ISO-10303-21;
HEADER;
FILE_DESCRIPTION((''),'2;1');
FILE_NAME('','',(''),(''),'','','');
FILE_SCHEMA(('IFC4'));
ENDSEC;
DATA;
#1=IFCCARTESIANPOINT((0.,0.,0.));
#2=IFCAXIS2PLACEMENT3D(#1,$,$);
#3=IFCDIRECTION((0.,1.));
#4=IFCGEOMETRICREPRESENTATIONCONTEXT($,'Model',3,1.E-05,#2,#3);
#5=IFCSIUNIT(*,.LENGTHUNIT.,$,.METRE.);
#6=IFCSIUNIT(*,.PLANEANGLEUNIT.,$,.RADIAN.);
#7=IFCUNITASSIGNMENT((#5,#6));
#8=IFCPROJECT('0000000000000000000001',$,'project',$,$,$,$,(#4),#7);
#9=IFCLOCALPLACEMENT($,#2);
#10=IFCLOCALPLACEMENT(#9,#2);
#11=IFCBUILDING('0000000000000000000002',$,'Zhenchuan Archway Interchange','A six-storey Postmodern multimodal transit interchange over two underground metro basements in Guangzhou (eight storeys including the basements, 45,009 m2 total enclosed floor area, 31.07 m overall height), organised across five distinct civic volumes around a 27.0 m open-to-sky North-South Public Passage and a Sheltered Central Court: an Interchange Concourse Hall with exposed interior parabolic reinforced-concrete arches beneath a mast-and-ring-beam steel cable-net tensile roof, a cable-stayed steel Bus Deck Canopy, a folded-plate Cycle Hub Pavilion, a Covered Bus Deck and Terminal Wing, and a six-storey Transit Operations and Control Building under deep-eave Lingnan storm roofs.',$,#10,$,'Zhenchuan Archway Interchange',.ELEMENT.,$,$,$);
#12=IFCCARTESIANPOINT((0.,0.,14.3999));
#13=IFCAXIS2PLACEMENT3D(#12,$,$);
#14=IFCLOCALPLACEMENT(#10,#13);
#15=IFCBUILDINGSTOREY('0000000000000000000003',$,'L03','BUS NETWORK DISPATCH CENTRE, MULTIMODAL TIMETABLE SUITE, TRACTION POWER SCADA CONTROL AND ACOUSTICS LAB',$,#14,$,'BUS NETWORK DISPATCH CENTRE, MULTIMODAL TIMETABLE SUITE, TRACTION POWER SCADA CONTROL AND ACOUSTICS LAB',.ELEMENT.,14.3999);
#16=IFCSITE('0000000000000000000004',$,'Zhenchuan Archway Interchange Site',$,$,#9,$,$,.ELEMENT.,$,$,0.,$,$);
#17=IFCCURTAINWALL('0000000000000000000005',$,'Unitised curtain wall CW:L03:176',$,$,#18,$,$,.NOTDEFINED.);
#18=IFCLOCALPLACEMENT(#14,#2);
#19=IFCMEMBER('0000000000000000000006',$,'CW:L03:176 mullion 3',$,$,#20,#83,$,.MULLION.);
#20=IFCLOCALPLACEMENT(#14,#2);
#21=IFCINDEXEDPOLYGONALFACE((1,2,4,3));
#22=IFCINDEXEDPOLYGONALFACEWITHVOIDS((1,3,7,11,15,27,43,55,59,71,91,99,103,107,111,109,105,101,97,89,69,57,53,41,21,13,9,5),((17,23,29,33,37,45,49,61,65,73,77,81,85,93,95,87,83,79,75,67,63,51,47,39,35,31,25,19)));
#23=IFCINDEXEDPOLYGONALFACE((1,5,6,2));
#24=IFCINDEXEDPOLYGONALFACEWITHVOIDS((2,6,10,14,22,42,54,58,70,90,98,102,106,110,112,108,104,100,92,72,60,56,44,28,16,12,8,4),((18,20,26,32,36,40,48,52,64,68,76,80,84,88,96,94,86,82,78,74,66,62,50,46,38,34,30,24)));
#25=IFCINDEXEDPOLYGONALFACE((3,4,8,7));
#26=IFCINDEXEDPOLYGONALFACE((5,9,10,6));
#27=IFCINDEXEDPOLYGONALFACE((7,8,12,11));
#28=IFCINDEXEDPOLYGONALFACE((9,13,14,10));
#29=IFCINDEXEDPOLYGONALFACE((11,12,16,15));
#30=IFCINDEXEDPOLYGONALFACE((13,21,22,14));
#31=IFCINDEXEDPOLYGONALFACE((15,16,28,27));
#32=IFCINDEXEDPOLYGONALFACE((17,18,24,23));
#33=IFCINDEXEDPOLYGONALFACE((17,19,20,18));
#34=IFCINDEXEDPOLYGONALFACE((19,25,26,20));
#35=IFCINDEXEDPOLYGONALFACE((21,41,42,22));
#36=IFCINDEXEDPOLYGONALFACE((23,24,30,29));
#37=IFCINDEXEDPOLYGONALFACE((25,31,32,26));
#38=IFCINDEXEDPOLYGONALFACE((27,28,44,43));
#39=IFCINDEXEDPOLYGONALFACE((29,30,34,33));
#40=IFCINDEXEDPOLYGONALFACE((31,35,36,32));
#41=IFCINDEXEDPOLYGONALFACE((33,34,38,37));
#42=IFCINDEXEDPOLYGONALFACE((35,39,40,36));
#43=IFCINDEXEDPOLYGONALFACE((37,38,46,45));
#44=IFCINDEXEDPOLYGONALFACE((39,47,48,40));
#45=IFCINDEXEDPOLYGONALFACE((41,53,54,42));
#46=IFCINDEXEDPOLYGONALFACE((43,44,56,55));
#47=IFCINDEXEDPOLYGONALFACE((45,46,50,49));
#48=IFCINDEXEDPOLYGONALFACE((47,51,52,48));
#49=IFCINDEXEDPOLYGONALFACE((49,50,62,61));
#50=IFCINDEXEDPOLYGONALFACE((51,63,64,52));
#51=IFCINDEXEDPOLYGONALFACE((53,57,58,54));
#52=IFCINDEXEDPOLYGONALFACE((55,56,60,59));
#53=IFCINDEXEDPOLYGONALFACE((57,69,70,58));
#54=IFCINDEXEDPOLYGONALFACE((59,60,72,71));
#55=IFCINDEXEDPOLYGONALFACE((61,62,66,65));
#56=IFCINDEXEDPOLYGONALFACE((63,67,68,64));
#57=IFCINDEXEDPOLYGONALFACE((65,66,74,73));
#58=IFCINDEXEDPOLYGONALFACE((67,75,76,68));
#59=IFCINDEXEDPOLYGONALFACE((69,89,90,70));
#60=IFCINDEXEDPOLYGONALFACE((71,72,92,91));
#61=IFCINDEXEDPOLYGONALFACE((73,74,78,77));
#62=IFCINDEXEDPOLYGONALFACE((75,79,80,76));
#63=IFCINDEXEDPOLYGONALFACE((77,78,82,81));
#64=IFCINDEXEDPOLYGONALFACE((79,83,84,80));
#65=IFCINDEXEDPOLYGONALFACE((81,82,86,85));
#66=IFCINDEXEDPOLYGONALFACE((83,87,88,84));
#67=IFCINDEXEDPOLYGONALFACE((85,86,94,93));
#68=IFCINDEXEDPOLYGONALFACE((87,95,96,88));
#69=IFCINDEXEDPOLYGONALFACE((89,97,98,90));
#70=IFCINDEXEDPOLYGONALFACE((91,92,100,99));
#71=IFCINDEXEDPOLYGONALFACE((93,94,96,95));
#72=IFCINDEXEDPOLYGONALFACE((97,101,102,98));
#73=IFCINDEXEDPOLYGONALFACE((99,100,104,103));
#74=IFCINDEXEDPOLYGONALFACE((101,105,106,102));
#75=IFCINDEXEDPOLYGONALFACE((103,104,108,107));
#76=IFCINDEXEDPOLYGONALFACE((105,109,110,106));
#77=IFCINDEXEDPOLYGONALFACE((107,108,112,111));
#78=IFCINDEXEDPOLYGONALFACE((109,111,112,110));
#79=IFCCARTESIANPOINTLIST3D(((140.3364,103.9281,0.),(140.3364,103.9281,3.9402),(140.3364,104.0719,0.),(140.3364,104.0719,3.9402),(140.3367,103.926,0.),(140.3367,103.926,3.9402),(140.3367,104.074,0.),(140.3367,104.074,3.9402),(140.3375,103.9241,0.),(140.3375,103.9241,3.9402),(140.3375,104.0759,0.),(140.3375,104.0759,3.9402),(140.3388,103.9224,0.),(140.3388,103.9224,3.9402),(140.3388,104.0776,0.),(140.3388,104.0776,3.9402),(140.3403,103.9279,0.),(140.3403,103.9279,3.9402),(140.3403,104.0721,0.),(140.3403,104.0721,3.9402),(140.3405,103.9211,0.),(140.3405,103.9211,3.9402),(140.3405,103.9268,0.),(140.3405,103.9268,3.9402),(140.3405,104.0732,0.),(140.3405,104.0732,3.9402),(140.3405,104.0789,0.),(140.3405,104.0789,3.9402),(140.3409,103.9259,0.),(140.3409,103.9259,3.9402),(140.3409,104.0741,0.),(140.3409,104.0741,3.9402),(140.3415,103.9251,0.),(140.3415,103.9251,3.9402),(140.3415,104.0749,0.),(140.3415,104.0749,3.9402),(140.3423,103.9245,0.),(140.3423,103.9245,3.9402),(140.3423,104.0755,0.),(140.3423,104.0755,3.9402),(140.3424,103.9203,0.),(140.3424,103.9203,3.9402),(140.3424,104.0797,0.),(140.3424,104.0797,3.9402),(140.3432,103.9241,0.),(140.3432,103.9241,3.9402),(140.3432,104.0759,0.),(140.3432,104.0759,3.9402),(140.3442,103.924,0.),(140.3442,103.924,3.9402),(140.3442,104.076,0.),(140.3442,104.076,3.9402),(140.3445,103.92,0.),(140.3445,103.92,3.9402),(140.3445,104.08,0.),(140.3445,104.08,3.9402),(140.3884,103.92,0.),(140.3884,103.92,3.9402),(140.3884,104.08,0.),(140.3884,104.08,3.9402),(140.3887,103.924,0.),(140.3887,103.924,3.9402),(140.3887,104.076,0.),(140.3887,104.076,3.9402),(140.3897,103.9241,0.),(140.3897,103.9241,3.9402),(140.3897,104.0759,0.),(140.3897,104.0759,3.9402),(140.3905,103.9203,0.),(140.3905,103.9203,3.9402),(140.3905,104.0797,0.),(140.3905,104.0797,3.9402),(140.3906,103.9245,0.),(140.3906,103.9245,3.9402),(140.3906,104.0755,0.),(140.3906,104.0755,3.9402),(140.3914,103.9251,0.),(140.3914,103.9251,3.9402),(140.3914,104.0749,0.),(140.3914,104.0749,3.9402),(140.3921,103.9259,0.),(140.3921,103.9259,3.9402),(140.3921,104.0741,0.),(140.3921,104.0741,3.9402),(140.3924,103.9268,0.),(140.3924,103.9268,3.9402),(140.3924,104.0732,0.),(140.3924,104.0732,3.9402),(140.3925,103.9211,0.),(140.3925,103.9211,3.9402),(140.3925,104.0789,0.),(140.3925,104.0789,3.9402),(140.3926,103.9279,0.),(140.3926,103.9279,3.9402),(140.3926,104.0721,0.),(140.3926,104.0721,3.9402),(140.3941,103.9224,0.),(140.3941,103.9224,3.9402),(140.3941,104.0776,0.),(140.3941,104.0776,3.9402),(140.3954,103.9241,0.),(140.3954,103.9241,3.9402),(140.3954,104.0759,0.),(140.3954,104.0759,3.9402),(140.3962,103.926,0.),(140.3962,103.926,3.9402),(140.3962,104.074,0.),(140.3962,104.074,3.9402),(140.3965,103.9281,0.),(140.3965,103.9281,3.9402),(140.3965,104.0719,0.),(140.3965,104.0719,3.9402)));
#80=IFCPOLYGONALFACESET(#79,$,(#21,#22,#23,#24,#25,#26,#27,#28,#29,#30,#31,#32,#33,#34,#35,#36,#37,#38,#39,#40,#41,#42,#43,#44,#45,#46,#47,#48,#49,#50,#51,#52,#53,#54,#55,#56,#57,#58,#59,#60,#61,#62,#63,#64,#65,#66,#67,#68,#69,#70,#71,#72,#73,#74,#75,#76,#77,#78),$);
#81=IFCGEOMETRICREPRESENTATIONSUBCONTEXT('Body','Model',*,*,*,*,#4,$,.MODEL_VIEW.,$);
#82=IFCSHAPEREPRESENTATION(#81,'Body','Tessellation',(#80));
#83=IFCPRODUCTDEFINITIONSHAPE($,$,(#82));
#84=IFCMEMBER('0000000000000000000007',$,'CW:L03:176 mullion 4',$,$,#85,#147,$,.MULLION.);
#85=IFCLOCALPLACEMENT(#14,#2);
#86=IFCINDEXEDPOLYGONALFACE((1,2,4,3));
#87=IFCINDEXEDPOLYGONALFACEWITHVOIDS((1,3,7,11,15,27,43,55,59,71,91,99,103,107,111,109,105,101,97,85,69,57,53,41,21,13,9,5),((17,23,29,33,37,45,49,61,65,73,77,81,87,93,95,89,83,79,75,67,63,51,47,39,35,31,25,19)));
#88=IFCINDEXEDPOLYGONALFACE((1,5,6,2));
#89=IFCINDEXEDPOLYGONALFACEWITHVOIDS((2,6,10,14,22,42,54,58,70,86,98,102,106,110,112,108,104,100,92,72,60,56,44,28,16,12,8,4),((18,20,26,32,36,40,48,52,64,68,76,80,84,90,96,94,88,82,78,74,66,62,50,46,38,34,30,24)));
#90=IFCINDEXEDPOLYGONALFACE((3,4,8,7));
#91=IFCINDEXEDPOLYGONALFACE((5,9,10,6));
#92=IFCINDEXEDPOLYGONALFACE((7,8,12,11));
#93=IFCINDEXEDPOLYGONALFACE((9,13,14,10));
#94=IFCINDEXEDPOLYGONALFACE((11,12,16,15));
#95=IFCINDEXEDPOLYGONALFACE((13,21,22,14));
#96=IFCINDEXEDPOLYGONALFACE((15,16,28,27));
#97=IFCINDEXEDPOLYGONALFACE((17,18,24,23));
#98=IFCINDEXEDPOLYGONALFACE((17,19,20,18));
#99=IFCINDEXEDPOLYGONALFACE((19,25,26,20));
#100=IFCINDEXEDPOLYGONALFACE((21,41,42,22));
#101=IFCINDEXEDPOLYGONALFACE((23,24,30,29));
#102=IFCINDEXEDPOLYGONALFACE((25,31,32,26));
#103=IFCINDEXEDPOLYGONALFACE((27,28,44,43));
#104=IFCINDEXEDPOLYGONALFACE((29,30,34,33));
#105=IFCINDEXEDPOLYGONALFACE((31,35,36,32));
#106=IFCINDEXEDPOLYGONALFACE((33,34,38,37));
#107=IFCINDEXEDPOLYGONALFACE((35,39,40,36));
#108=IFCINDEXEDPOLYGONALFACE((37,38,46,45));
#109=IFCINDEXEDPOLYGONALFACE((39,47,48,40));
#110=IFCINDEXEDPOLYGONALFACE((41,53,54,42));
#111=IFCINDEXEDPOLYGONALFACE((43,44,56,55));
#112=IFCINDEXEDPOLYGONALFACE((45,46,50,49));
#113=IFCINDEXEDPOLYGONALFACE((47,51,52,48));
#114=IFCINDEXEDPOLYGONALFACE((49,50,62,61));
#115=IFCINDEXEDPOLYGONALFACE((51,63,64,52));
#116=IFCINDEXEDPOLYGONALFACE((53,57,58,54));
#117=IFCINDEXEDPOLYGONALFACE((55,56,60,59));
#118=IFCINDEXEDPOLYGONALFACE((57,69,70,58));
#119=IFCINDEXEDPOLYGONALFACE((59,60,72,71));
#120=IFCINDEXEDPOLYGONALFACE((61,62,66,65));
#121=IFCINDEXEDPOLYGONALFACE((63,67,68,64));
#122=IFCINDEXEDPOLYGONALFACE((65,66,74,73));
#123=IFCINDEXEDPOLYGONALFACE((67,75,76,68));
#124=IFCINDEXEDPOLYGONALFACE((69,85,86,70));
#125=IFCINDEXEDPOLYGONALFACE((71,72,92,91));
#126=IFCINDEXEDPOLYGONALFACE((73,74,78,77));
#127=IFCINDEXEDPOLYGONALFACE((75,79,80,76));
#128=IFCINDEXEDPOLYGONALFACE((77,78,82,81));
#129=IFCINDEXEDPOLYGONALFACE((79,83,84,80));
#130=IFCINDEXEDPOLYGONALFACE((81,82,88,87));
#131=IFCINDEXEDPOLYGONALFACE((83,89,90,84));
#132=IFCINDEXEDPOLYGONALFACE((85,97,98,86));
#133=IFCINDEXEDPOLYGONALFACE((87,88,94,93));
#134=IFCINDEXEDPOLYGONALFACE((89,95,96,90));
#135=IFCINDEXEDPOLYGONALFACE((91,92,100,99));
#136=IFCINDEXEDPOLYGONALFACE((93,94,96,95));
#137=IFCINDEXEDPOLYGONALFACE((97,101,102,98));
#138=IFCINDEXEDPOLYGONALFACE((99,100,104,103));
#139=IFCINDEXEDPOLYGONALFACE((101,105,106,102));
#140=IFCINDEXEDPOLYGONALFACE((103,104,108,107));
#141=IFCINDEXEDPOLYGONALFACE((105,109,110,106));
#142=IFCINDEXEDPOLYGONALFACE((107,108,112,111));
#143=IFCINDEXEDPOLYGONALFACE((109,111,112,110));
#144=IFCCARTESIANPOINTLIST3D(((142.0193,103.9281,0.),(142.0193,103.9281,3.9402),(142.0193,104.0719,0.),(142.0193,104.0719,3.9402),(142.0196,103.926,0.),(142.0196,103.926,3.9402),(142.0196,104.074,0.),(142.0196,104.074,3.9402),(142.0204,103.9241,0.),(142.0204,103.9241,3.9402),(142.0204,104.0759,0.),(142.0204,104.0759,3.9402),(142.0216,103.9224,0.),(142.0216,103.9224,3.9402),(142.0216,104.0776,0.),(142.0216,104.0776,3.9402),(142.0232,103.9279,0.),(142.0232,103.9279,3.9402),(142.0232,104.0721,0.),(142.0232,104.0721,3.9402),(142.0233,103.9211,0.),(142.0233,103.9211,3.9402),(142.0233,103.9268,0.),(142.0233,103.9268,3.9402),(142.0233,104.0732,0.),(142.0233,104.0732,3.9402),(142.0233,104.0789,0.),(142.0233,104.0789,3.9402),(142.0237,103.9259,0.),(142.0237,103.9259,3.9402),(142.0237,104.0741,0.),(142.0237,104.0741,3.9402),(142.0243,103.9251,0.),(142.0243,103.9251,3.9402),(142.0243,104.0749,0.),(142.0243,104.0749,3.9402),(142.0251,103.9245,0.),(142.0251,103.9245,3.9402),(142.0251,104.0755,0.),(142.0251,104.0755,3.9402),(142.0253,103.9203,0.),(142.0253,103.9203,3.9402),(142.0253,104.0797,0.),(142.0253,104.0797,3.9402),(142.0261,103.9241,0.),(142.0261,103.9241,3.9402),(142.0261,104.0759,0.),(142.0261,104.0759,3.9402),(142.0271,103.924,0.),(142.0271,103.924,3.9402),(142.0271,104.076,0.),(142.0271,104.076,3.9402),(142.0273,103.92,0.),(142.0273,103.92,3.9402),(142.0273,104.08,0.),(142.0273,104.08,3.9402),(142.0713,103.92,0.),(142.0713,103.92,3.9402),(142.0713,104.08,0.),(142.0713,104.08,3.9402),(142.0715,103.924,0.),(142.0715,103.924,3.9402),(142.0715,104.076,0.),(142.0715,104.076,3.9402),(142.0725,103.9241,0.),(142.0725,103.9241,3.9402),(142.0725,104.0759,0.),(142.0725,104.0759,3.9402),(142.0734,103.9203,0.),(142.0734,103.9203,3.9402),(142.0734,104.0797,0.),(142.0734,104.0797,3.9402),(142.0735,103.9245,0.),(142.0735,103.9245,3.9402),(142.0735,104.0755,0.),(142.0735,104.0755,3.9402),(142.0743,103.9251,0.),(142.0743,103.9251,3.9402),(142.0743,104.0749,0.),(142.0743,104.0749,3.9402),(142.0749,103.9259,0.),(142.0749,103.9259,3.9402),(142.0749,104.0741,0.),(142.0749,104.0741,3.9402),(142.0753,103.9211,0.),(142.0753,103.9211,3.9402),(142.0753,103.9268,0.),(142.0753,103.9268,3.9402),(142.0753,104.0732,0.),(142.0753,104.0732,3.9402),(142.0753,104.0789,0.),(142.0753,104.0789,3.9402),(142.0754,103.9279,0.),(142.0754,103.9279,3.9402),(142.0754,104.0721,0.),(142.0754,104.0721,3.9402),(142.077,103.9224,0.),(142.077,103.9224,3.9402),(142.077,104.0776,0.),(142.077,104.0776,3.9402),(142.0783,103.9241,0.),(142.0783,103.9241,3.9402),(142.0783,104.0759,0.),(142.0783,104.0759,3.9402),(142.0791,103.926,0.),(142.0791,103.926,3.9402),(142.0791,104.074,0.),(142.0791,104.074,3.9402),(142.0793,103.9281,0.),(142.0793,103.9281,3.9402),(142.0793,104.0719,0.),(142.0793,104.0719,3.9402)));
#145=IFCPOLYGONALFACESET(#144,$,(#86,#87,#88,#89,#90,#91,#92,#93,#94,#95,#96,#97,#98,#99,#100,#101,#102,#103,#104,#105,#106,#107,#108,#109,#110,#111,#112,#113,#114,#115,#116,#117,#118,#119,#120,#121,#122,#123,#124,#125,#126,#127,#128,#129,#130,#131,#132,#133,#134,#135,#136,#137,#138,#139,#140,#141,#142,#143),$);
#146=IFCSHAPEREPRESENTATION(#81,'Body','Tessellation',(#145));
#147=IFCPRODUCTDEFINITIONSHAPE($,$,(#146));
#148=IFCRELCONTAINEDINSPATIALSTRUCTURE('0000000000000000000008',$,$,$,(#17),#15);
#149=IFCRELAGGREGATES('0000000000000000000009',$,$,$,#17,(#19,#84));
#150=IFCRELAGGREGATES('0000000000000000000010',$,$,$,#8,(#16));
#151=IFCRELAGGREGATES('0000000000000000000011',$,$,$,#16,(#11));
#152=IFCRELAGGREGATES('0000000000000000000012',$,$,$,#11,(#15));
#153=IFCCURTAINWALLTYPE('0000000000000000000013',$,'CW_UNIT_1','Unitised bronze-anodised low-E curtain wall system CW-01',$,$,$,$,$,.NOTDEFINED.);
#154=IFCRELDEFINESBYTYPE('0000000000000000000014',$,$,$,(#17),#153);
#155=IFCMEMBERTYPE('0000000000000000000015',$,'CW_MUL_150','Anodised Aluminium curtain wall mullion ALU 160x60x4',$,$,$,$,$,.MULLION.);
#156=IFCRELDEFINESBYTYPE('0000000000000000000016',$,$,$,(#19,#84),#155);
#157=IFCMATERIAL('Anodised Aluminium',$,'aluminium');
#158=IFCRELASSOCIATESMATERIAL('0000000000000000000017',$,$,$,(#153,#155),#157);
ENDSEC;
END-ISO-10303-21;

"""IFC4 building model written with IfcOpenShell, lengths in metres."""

from ifc_helpers import new_model, si_unit, direction, frame, origin, origin_2d, place, context, subcontext, project, spatial, hollow_rectangle, extrude, material, material_profile, profile_set, type_object, element, aggregate, save


model = new_model("IFC4")

# Units and contexts
model_context = context("Model", 3, precision=1e-05, world=origin(), true_north=direction((0.0, 1.0)))
body_context = subcontext(model_context, "Body", "Model", "MODEL_VIEW")
ifc_project = project(units=[si_unit("LENGTHUNIT", "METRE"), si_unit("PLANEANGLEUNIT", "RADIAN")], contexts=[model_context])

# Site, building, storey
site_placement = place(None, origin())
site = spatial("IfcSite", under=ifc_project, at=site_placement, Name="Zhenchuan Archway Interchange Site", CompositionType="ELEMENT", RefElevation=0.0)
building_placement = place(site_placement, origin())
building = spatial("IfcBuilding", under=site, at=building_placement, Name="Zhenchuan Archway Interchange", Description="A six-storey Postmodern multimodal transit interchange over two underground metro basements in Guangzhou (eight storeys including the basements, 45,009 m2 total enclosed floor area, 31.07 m overall height), organised across five distinct civic volumes around a 27.0 m open-to-sky North-South Public Passage and a Sheltered Central Court: an Interchange Concourse Hall with exposed interior parabolic reinforced-concrete arches beneath a mast-and-ring-beam steel cable-net tensile roof, a cable-stayed steel Bus Deck Canopy, a folded-plate Cycle Hub Pavilion, a Covered Bus Deck and Terminal Wing, and a six-storey Transit Operations and Control Building under deep-eave Lingnan storm roofs.", LongName="Zhenchuan Archway Interchange", CompositionType="ELEMENT")
storey_placement = place(building_placement, frame((0.0, 0.0, 14.3999)))
storey = spatial("IfcBuildingStorey", under=building, at=storey_placement, Name="L03", Description="BUS NETWORK DISPATCH CENTRE, MULTIMODAL TIMETABLE SUITE, TRACTION POWER SCADA CONTROL AND ACOUSTICS LAB", LongName="BUS NETWORK DISPATCH CENTRE, MULTIMODAL TIMETABLE SUITE, TRACTION POWER SCADA CONTROL AND ACOUSTICS LAB", CompositionType="ELEMENT", Elevation=14.3999)

# Curtain wall, members
ifc_material_1 = material(Name="Anodised Aluminium", Category="aluminium")
curtain_wall_type = type_object("IfcCurtainWallType", Name="CW_UNIT_1", Description="Unitised bronze-anodised low-E curtain wall system CW-01", PredefinedType="NOTDEFINED", material=ifc_material_1)
curtain_wall_placement = place(storey_placement, origin())
curtain_wall = element("IfcCurtainWall", 1, at=curtain_wall_placement, inside=storey, type_object=curtain_wall_type, Name="Unitised curtain wall CW:L03:176", PredefinedType="NOTDEFINED")
ifc_material_profile_1 = material_profile(ifc_material_1, hollow_rectangle(XDim=0.0601, YDim=0.1599, WallThickness=0.0039, InnerFilletRadius=0.0039, OuterFilletRadius=0.0081, at=origin_2d()), Name="ALU 160x60x4")
ifc_profile_set_1 = profile_set([ifc_material_profile_1], Name="Anodised Aluminium")
member_type_1 = type_object("IfcMemberType", Name="CW_MUL_150", Description="Anodised Aluminium curtain wall mullion ALU 160x60x4", PredefinedType="MULLION", material=ifc_profile_set_1)
member_1_placement = place(storey_placement, frame((140.3665, 104.0, 0.0), z_axis=(0.0, 0.0, 1.0), x_axis=(1.0, 0.0, 0.0)))
member_1 = element("IfcMember", 2, at=member_1_placement, type_object=member_type_1, Name="CW:L03:176 mullion 3", PredefinedType="MULLION", context=body_context, shape_type="SweptSolid", body=[
    extrude(hollow_rectangle(XDim=0.0601, YDim=0.1599, WallThickness=0.0039, InnerFilletRadius=0.0039, OuterFilletRadius=0.0081, at=origin_2d()), origin(), (0.0, 0.0, 1.0), 3.9402),
])
member_2_placement = place(storey_placement, frame((142.0493, 104.0, 0.0), z_axis=(0.0, 0.0, 1.0), x_axis=(1.0, 0.0, 0.0)))
member_2 = element("IfcMember", 3, at=member_2_placement, type_object=member_type_1, Name="CW:L03:176 mullion 4", PredefinedType="MULLION", context=body_context, shape_type="SweptSolid", body=[
    extrude(hollow_rectangle(XDim=0.0601, YDim=0.1599, WallThickness=0.0039, InnerFilletRadius=0.0039, OuterFilletRadius=0.0081, at=origin_2d()), origin(), (0.0, 0.0, 1.0), 3.9402),
])

aggregate(curtain_wall, [member_1, member_2])

save(model, "model.ifc")
